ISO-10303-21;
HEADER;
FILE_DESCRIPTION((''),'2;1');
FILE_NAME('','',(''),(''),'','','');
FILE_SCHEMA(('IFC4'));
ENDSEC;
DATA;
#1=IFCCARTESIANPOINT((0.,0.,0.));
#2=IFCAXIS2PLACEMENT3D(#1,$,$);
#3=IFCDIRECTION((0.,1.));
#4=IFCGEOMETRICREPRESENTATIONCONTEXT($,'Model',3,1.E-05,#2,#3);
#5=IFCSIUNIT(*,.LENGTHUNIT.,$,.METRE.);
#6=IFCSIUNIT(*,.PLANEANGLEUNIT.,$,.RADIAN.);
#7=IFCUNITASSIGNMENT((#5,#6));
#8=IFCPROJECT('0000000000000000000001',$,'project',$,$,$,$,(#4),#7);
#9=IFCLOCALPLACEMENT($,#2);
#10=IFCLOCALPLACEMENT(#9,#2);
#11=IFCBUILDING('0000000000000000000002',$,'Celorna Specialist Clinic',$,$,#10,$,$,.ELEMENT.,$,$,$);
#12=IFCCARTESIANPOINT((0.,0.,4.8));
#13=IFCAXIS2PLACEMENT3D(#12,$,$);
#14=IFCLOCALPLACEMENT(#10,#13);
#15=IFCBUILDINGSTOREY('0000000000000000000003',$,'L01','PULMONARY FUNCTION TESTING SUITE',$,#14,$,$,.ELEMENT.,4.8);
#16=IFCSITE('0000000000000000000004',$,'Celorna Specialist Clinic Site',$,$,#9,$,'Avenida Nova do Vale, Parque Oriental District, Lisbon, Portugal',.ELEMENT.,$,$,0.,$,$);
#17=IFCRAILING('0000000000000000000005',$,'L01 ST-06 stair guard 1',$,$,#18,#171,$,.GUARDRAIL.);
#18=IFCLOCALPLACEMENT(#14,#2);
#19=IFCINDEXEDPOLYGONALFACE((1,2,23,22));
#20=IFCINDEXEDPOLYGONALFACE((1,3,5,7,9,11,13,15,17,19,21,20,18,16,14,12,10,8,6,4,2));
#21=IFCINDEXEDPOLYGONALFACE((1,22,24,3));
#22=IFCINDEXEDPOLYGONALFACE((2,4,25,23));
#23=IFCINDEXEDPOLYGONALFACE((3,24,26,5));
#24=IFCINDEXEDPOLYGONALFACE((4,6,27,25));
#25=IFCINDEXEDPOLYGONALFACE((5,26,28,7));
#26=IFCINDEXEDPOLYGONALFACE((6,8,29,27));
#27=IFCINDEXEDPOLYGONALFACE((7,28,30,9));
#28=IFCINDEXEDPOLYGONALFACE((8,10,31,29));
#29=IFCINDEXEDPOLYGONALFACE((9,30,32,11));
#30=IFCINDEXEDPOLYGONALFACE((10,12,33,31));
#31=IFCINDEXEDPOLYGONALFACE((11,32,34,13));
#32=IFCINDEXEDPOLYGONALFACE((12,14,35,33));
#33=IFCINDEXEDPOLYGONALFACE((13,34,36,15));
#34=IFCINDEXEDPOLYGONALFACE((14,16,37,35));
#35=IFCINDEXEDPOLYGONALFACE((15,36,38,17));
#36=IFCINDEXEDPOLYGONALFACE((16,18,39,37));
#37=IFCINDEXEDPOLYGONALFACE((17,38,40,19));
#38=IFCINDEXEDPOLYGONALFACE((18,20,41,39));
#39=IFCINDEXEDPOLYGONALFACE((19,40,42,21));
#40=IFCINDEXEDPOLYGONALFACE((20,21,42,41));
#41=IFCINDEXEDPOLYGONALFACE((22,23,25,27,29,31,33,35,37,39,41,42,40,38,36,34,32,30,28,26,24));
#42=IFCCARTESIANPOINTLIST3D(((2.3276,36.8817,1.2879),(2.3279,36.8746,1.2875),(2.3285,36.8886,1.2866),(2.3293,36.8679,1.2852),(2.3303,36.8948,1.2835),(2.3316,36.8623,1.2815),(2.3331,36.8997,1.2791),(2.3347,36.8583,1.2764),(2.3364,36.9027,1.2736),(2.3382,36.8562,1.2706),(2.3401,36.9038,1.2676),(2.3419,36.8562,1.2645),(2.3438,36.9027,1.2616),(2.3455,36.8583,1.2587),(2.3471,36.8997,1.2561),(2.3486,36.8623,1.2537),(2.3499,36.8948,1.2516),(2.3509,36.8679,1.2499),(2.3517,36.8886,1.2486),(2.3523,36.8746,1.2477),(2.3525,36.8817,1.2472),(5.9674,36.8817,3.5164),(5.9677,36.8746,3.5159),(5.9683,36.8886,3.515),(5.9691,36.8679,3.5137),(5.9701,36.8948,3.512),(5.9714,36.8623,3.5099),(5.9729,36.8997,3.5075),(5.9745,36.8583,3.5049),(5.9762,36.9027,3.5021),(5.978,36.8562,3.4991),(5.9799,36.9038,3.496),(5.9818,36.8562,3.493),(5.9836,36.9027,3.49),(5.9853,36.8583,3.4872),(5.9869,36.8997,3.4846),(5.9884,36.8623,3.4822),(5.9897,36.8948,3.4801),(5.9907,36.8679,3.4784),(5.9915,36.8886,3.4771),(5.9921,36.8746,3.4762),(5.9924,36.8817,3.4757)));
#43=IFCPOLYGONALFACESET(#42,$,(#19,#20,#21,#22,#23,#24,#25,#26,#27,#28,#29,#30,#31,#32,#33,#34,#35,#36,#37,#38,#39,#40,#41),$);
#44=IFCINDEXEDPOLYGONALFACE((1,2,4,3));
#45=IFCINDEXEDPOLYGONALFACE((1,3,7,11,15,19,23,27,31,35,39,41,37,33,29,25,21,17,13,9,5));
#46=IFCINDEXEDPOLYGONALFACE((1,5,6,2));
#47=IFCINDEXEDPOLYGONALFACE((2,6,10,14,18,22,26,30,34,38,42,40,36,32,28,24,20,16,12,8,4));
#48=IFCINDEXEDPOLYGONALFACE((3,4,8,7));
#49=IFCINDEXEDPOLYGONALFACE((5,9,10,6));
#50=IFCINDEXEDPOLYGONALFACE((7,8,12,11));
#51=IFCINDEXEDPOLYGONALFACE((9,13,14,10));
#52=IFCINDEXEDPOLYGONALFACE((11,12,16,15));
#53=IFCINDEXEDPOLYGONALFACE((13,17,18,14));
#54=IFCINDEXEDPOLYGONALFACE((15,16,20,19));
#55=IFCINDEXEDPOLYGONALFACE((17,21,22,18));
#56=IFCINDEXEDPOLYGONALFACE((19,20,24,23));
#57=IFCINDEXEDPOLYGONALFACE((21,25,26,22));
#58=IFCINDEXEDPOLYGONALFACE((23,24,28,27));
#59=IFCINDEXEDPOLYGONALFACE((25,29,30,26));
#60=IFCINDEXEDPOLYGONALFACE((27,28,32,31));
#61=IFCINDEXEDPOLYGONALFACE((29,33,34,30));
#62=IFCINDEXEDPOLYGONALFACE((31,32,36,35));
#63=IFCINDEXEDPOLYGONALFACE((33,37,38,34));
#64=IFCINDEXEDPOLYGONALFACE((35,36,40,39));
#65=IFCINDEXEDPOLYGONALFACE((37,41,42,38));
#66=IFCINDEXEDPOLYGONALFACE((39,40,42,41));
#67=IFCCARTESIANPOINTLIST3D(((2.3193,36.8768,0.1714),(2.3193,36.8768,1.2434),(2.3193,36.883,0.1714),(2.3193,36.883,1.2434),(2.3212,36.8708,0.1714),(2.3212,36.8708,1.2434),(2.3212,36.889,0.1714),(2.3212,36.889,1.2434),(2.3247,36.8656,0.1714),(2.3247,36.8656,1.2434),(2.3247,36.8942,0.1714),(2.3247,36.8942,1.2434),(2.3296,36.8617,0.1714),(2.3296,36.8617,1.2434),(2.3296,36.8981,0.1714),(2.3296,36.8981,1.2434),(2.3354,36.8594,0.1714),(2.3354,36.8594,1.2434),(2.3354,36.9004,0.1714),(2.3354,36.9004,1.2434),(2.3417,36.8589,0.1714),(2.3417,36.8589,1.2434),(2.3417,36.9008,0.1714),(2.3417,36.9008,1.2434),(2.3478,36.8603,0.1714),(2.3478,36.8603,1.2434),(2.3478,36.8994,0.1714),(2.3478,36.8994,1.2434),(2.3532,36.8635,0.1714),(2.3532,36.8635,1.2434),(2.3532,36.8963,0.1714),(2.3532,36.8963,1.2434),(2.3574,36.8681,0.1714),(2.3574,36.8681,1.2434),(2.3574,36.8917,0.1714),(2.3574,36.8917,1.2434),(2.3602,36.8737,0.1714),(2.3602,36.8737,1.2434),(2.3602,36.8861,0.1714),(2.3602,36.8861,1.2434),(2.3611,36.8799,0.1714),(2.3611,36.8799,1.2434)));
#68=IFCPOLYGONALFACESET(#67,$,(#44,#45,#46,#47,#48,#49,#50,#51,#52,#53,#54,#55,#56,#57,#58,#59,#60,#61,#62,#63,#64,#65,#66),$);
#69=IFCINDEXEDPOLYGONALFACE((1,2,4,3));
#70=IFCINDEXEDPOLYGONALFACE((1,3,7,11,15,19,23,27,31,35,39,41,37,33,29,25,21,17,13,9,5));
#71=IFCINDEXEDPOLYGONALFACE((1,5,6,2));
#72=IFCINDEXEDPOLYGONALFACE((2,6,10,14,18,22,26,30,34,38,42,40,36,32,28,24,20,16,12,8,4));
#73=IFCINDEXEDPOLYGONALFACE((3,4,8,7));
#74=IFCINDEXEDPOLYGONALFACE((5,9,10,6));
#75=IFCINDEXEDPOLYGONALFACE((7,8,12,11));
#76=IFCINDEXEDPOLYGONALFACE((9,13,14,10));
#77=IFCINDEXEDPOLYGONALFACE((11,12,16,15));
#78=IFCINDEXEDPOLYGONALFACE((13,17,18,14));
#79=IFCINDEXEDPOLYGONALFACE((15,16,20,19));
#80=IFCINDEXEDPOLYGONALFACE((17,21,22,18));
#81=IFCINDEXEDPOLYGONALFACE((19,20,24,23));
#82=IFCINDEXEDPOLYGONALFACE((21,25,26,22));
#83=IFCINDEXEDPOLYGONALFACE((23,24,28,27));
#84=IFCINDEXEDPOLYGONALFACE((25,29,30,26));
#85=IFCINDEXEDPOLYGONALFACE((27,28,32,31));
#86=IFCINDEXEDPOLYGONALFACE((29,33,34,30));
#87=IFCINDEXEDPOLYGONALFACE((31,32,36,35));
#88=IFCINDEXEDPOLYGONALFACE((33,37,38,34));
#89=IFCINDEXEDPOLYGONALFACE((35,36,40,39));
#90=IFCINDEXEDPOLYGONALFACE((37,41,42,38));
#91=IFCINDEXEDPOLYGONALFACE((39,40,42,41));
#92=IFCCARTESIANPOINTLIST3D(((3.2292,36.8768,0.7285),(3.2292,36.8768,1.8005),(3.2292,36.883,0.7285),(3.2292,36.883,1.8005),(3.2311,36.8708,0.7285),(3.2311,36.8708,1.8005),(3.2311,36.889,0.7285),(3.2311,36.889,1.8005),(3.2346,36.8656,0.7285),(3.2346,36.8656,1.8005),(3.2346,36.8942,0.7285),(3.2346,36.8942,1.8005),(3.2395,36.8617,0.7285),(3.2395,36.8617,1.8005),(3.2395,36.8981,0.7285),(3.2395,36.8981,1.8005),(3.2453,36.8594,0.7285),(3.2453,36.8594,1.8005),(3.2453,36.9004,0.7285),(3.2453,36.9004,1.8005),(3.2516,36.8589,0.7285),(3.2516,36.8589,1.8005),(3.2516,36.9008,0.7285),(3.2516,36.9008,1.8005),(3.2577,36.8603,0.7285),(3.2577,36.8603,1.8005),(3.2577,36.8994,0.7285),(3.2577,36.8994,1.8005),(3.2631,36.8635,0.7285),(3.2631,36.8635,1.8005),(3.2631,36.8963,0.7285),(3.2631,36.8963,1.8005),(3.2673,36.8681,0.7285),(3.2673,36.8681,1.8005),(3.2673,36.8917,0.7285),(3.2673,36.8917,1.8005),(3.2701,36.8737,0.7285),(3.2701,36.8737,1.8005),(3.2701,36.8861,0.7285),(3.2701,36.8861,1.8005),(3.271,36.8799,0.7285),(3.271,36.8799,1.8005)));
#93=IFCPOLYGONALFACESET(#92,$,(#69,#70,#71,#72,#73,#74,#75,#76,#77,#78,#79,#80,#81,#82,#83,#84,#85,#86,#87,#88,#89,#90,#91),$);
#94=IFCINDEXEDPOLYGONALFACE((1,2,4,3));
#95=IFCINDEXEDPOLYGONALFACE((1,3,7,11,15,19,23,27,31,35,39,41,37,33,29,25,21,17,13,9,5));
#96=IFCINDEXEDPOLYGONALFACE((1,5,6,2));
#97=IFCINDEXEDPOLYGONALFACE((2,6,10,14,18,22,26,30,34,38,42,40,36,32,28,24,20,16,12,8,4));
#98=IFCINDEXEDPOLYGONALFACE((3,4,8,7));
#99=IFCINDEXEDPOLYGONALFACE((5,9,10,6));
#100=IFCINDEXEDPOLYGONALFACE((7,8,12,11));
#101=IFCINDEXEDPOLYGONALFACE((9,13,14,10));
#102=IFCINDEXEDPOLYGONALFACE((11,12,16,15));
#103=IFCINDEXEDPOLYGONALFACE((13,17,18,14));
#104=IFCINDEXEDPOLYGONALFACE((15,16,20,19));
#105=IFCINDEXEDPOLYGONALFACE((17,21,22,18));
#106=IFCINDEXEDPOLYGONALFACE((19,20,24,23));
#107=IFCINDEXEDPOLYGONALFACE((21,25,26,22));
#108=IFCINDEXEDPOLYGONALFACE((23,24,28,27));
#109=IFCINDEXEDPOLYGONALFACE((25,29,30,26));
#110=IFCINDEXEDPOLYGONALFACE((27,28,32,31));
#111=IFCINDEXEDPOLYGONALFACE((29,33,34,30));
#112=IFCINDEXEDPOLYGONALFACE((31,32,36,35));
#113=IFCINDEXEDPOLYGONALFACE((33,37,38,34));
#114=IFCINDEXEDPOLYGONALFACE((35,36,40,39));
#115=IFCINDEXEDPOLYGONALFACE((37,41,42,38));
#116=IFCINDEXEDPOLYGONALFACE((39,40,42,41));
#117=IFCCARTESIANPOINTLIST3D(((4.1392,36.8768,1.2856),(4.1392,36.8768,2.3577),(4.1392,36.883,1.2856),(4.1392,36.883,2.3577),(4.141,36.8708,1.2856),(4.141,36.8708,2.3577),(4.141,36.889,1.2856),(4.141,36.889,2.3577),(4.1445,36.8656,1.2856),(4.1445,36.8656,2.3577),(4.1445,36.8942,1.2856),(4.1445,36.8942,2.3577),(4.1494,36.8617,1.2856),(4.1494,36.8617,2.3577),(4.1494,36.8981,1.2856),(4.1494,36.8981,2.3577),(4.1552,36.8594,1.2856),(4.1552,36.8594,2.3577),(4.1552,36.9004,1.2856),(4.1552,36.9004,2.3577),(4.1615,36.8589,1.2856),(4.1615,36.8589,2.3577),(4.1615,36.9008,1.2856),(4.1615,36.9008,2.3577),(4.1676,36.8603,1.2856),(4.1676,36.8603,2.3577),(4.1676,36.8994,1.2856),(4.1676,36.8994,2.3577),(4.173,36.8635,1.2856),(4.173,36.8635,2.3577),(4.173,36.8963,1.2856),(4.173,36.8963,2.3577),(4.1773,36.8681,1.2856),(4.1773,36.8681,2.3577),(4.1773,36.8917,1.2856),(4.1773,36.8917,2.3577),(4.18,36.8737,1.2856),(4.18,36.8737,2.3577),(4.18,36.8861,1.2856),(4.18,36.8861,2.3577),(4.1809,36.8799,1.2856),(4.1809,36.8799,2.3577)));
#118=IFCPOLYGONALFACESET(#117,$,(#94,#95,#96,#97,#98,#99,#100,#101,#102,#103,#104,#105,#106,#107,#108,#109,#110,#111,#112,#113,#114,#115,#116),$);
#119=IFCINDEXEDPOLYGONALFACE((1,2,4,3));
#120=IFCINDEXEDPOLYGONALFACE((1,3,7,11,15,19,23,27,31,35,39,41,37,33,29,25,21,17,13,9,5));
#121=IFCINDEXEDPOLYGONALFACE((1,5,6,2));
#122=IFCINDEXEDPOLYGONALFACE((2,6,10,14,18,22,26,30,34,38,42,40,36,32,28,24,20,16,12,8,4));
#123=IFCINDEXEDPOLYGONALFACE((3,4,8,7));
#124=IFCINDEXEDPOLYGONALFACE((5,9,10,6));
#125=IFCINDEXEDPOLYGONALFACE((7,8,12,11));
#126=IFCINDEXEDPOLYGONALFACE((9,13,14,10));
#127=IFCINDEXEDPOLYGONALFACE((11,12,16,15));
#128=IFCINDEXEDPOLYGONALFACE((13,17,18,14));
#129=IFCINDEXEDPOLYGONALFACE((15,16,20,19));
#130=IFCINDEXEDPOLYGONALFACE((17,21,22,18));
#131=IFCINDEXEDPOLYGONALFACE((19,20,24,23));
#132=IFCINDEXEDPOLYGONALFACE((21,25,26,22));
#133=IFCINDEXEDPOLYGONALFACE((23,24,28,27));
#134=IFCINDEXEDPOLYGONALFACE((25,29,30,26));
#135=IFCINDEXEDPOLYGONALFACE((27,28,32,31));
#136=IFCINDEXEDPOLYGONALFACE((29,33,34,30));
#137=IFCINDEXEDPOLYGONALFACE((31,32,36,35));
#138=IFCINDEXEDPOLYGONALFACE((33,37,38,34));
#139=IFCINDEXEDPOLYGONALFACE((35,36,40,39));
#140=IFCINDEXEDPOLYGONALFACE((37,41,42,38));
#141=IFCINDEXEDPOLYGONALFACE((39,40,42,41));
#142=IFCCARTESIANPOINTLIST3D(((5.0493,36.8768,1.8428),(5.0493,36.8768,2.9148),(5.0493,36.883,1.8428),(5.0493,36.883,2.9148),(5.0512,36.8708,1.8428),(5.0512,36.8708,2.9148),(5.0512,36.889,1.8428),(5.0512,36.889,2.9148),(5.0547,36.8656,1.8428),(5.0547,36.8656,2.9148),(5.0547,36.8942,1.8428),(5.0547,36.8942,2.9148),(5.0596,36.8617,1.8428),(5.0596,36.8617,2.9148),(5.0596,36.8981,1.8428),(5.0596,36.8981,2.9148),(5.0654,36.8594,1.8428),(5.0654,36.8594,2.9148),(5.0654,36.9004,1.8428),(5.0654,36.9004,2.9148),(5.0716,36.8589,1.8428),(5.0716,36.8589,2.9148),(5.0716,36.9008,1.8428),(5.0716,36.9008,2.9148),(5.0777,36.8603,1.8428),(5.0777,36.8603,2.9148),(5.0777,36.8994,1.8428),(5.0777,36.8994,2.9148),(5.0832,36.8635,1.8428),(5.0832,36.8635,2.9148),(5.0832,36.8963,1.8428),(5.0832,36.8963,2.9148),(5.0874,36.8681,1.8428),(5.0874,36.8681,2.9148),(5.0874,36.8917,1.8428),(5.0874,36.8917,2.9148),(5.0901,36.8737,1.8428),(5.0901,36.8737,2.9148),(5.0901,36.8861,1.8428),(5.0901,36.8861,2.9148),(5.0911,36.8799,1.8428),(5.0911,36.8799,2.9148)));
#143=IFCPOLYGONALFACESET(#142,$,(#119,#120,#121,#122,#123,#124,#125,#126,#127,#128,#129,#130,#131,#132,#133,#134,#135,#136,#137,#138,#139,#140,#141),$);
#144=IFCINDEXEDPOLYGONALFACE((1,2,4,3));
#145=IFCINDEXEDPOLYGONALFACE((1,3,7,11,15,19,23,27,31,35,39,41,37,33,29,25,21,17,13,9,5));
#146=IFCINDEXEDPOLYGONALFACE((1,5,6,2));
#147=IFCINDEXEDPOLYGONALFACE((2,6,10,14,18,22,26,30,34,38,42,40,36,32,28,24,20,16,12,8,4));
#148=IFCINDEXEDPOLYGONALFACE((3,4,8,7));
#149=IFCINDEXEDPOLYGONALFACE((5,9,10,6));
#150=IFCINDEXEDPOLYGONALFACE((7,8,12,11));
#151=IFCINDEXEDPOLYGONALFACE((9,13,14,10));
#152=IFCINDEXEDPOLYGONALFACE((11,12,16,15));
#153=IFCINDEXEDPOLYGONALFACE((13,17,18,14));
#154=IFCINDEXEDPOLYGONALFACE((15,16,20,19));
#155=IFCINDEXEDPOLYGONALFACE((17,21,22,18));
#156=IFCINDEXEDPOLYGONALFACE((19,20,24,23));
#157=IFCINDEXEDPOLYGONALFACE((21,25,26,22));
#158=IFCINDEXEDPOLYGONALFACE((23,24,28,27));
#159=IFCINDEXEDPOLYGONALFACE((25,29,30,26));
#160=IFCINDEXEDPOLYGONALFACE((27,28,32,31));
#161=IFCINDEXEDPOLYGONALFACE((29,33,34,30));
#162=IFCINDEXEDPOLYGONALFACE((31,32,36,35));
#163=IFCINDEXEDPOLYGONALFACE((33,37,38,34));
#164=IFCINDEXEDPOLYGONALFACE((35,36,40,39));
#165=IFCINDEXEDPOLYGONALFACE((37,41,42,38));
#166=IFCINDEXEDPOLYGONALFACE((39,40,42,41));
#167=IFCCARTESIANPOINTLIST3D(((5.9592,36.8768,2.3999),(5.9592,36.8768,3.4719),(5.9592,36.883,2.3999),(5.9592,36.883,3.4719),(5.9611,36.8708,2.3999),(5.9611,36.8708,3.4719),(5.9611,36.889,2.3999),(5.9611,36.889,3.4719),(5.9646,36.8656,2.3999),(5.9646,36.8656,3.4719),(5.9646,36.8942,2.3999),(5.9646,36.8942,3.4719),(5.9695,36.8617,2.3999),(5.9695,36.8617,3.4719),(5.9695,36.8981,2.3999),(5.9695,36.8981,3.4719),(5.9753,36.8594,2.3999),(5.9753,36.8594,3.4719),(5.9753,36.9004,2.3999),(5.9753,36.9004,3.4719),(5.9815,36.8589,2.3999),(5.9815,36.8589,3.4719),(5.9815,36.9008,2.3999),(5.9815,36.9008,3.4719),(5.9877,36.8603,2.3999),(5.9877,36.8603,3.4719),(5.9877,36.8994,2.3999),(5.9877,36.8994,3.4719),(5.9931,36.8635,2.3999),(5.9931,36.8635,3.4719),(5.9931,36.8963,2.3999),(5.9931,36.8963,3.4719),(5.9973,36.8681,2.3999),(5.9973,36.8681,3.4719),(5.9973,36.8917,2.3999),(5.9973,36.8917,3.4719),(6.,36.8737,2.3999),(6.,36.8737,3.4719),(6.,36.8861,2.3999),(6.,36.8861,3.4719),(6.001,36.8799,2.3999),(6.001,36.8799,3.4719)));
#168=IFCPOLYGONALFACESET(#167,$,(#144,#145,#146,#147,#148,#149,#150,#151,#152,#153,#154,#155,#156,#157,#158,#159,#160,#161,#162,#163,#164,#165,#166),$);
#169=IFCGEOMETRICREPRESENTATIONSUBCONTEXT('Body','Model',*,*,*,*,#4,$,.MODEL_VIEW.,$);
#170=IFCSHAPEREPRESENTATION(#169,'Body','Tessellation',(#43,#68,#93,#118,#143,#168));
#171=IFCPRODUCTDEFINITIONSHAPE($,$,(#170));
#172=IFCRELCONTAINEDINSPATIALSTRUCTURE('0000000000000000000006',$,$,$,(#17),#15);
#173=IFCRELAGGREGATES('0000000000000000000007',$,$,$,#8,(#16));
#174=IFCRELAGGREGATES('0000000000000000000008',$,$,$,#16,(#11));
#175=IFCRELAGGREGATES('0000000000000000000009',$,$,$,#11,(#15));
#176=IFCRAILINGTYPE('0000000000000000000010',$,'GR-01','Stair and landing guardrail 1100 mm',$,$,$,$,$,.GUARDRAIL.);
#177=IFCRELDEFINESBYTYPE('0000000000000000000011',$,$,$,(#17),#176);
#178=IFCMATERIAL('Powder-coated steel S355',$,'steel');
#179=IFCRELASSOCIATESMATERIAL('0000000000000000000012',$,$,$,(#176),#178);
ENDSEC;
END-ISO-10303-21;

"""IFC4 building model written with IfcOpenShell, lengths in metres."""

from ifc_helpers import new_model, si_unit, direction, frame, origin, origin_2d, place, context, subcontext, project, spatial, circle, extrude, material, type_object, element, save


model = new_model("IFC4")

# Units and contexts
model_context = context("Model", 3, precision=1e-05, world=origin(), true_north=direction((0.0, 1.0)))
body_context = subcontext(model_context, "Body", "Model", "MODEL_VIEW")
ifc_project = project(units=[si_unit("LENGTHUNIT", "METRE"), si_unit("PLANEANGLEUNIT", "RADIAN")], contexts=[model_context])

# Site, building, storey
site_placement = place(None, origin())
site = spatial("IfcSite", under=ifc_project, at=site_placement, Name="Celorna Specialist Clinic Site", LongName="Avenida Nova do Vale, Parque Oriental District, Lisbon, Portugal", CompositionType="ELEMENT", RefElevation=0.0)
building_placement = place(site_placement, origin())
building = spatial("IfcBuilding", under=site, at=building_placement, Name="Celorna Specialist Clinic", CompositionType="ELEMENT")
storey_placement = place(building_placement, frame((0.0, 0.0, 4.8)))
storey = spatial("IfcBuildingStorey", under=building, at=storey_placement, Name="L01", Description="PULMONARY FUNCTION TESTING SUITE", CompositionType="ELEMENT", Elevation=4.8)

# Railing
ifc_material_1 = material(Name="Powder-coated steel S355", Category="steel")
railing_type_1 = type_object("IfcRailingType", Name="GR-01", Description="Stair and landing guardrail 1100 mm", PredefinedType="GUARDRAIL", material=ifc_material_1)
railing_1_placement = place(storey_placement, frame((2.3401, 36.8799, 0.1714)))
element("IfcRailing", 1, at=railing_1_placement, inside=storey, type_object=railing_type_1, Name="L01 ST-06 stair guard 1", PredefinedType="GUARDRAIL", context=body_context, shape_type="SweptSolid", body=[
    extrude(circle(Radius=0.0239, at=origin_2d()), frame((0.0, 0.0, 1.0962), z_axis=(0.85285, 0.0, 0.522156), x_axis=(0.0, 1.0, 0.0)), (0.0, 0.0, 1.0), 4.2678),
    extrude(circle(Radius=0.021, at=origin_2d()), origin(), (0.0, 0.0, 1.0), 1.072),
    extrude(circle(Radius=0.021, at=origin_2d()), frame((0.9099, 0.0, 0.5571)), (0.0, 0.0, 1.0), 1.072),
    extrude(circle(Radius=0.021, at=origin_2d()), frame((1.8198, 0.0, 1.1143)), (0.0, 0.0, 1.0), 1.072),
    extrude(circle(Radius=0.021, at=origin_2d()), frame((2.73, 0.0, 1.6714)), (0.0, 0.0, 1.0), 1.072),
    extrude(circle(Radius=0.021, at=origin_2d()), frame((3.6399, 0.0, 2.2285)), (0.0, 0.0, 1.0), 1.072),
])

save(model, "model.ifc")
